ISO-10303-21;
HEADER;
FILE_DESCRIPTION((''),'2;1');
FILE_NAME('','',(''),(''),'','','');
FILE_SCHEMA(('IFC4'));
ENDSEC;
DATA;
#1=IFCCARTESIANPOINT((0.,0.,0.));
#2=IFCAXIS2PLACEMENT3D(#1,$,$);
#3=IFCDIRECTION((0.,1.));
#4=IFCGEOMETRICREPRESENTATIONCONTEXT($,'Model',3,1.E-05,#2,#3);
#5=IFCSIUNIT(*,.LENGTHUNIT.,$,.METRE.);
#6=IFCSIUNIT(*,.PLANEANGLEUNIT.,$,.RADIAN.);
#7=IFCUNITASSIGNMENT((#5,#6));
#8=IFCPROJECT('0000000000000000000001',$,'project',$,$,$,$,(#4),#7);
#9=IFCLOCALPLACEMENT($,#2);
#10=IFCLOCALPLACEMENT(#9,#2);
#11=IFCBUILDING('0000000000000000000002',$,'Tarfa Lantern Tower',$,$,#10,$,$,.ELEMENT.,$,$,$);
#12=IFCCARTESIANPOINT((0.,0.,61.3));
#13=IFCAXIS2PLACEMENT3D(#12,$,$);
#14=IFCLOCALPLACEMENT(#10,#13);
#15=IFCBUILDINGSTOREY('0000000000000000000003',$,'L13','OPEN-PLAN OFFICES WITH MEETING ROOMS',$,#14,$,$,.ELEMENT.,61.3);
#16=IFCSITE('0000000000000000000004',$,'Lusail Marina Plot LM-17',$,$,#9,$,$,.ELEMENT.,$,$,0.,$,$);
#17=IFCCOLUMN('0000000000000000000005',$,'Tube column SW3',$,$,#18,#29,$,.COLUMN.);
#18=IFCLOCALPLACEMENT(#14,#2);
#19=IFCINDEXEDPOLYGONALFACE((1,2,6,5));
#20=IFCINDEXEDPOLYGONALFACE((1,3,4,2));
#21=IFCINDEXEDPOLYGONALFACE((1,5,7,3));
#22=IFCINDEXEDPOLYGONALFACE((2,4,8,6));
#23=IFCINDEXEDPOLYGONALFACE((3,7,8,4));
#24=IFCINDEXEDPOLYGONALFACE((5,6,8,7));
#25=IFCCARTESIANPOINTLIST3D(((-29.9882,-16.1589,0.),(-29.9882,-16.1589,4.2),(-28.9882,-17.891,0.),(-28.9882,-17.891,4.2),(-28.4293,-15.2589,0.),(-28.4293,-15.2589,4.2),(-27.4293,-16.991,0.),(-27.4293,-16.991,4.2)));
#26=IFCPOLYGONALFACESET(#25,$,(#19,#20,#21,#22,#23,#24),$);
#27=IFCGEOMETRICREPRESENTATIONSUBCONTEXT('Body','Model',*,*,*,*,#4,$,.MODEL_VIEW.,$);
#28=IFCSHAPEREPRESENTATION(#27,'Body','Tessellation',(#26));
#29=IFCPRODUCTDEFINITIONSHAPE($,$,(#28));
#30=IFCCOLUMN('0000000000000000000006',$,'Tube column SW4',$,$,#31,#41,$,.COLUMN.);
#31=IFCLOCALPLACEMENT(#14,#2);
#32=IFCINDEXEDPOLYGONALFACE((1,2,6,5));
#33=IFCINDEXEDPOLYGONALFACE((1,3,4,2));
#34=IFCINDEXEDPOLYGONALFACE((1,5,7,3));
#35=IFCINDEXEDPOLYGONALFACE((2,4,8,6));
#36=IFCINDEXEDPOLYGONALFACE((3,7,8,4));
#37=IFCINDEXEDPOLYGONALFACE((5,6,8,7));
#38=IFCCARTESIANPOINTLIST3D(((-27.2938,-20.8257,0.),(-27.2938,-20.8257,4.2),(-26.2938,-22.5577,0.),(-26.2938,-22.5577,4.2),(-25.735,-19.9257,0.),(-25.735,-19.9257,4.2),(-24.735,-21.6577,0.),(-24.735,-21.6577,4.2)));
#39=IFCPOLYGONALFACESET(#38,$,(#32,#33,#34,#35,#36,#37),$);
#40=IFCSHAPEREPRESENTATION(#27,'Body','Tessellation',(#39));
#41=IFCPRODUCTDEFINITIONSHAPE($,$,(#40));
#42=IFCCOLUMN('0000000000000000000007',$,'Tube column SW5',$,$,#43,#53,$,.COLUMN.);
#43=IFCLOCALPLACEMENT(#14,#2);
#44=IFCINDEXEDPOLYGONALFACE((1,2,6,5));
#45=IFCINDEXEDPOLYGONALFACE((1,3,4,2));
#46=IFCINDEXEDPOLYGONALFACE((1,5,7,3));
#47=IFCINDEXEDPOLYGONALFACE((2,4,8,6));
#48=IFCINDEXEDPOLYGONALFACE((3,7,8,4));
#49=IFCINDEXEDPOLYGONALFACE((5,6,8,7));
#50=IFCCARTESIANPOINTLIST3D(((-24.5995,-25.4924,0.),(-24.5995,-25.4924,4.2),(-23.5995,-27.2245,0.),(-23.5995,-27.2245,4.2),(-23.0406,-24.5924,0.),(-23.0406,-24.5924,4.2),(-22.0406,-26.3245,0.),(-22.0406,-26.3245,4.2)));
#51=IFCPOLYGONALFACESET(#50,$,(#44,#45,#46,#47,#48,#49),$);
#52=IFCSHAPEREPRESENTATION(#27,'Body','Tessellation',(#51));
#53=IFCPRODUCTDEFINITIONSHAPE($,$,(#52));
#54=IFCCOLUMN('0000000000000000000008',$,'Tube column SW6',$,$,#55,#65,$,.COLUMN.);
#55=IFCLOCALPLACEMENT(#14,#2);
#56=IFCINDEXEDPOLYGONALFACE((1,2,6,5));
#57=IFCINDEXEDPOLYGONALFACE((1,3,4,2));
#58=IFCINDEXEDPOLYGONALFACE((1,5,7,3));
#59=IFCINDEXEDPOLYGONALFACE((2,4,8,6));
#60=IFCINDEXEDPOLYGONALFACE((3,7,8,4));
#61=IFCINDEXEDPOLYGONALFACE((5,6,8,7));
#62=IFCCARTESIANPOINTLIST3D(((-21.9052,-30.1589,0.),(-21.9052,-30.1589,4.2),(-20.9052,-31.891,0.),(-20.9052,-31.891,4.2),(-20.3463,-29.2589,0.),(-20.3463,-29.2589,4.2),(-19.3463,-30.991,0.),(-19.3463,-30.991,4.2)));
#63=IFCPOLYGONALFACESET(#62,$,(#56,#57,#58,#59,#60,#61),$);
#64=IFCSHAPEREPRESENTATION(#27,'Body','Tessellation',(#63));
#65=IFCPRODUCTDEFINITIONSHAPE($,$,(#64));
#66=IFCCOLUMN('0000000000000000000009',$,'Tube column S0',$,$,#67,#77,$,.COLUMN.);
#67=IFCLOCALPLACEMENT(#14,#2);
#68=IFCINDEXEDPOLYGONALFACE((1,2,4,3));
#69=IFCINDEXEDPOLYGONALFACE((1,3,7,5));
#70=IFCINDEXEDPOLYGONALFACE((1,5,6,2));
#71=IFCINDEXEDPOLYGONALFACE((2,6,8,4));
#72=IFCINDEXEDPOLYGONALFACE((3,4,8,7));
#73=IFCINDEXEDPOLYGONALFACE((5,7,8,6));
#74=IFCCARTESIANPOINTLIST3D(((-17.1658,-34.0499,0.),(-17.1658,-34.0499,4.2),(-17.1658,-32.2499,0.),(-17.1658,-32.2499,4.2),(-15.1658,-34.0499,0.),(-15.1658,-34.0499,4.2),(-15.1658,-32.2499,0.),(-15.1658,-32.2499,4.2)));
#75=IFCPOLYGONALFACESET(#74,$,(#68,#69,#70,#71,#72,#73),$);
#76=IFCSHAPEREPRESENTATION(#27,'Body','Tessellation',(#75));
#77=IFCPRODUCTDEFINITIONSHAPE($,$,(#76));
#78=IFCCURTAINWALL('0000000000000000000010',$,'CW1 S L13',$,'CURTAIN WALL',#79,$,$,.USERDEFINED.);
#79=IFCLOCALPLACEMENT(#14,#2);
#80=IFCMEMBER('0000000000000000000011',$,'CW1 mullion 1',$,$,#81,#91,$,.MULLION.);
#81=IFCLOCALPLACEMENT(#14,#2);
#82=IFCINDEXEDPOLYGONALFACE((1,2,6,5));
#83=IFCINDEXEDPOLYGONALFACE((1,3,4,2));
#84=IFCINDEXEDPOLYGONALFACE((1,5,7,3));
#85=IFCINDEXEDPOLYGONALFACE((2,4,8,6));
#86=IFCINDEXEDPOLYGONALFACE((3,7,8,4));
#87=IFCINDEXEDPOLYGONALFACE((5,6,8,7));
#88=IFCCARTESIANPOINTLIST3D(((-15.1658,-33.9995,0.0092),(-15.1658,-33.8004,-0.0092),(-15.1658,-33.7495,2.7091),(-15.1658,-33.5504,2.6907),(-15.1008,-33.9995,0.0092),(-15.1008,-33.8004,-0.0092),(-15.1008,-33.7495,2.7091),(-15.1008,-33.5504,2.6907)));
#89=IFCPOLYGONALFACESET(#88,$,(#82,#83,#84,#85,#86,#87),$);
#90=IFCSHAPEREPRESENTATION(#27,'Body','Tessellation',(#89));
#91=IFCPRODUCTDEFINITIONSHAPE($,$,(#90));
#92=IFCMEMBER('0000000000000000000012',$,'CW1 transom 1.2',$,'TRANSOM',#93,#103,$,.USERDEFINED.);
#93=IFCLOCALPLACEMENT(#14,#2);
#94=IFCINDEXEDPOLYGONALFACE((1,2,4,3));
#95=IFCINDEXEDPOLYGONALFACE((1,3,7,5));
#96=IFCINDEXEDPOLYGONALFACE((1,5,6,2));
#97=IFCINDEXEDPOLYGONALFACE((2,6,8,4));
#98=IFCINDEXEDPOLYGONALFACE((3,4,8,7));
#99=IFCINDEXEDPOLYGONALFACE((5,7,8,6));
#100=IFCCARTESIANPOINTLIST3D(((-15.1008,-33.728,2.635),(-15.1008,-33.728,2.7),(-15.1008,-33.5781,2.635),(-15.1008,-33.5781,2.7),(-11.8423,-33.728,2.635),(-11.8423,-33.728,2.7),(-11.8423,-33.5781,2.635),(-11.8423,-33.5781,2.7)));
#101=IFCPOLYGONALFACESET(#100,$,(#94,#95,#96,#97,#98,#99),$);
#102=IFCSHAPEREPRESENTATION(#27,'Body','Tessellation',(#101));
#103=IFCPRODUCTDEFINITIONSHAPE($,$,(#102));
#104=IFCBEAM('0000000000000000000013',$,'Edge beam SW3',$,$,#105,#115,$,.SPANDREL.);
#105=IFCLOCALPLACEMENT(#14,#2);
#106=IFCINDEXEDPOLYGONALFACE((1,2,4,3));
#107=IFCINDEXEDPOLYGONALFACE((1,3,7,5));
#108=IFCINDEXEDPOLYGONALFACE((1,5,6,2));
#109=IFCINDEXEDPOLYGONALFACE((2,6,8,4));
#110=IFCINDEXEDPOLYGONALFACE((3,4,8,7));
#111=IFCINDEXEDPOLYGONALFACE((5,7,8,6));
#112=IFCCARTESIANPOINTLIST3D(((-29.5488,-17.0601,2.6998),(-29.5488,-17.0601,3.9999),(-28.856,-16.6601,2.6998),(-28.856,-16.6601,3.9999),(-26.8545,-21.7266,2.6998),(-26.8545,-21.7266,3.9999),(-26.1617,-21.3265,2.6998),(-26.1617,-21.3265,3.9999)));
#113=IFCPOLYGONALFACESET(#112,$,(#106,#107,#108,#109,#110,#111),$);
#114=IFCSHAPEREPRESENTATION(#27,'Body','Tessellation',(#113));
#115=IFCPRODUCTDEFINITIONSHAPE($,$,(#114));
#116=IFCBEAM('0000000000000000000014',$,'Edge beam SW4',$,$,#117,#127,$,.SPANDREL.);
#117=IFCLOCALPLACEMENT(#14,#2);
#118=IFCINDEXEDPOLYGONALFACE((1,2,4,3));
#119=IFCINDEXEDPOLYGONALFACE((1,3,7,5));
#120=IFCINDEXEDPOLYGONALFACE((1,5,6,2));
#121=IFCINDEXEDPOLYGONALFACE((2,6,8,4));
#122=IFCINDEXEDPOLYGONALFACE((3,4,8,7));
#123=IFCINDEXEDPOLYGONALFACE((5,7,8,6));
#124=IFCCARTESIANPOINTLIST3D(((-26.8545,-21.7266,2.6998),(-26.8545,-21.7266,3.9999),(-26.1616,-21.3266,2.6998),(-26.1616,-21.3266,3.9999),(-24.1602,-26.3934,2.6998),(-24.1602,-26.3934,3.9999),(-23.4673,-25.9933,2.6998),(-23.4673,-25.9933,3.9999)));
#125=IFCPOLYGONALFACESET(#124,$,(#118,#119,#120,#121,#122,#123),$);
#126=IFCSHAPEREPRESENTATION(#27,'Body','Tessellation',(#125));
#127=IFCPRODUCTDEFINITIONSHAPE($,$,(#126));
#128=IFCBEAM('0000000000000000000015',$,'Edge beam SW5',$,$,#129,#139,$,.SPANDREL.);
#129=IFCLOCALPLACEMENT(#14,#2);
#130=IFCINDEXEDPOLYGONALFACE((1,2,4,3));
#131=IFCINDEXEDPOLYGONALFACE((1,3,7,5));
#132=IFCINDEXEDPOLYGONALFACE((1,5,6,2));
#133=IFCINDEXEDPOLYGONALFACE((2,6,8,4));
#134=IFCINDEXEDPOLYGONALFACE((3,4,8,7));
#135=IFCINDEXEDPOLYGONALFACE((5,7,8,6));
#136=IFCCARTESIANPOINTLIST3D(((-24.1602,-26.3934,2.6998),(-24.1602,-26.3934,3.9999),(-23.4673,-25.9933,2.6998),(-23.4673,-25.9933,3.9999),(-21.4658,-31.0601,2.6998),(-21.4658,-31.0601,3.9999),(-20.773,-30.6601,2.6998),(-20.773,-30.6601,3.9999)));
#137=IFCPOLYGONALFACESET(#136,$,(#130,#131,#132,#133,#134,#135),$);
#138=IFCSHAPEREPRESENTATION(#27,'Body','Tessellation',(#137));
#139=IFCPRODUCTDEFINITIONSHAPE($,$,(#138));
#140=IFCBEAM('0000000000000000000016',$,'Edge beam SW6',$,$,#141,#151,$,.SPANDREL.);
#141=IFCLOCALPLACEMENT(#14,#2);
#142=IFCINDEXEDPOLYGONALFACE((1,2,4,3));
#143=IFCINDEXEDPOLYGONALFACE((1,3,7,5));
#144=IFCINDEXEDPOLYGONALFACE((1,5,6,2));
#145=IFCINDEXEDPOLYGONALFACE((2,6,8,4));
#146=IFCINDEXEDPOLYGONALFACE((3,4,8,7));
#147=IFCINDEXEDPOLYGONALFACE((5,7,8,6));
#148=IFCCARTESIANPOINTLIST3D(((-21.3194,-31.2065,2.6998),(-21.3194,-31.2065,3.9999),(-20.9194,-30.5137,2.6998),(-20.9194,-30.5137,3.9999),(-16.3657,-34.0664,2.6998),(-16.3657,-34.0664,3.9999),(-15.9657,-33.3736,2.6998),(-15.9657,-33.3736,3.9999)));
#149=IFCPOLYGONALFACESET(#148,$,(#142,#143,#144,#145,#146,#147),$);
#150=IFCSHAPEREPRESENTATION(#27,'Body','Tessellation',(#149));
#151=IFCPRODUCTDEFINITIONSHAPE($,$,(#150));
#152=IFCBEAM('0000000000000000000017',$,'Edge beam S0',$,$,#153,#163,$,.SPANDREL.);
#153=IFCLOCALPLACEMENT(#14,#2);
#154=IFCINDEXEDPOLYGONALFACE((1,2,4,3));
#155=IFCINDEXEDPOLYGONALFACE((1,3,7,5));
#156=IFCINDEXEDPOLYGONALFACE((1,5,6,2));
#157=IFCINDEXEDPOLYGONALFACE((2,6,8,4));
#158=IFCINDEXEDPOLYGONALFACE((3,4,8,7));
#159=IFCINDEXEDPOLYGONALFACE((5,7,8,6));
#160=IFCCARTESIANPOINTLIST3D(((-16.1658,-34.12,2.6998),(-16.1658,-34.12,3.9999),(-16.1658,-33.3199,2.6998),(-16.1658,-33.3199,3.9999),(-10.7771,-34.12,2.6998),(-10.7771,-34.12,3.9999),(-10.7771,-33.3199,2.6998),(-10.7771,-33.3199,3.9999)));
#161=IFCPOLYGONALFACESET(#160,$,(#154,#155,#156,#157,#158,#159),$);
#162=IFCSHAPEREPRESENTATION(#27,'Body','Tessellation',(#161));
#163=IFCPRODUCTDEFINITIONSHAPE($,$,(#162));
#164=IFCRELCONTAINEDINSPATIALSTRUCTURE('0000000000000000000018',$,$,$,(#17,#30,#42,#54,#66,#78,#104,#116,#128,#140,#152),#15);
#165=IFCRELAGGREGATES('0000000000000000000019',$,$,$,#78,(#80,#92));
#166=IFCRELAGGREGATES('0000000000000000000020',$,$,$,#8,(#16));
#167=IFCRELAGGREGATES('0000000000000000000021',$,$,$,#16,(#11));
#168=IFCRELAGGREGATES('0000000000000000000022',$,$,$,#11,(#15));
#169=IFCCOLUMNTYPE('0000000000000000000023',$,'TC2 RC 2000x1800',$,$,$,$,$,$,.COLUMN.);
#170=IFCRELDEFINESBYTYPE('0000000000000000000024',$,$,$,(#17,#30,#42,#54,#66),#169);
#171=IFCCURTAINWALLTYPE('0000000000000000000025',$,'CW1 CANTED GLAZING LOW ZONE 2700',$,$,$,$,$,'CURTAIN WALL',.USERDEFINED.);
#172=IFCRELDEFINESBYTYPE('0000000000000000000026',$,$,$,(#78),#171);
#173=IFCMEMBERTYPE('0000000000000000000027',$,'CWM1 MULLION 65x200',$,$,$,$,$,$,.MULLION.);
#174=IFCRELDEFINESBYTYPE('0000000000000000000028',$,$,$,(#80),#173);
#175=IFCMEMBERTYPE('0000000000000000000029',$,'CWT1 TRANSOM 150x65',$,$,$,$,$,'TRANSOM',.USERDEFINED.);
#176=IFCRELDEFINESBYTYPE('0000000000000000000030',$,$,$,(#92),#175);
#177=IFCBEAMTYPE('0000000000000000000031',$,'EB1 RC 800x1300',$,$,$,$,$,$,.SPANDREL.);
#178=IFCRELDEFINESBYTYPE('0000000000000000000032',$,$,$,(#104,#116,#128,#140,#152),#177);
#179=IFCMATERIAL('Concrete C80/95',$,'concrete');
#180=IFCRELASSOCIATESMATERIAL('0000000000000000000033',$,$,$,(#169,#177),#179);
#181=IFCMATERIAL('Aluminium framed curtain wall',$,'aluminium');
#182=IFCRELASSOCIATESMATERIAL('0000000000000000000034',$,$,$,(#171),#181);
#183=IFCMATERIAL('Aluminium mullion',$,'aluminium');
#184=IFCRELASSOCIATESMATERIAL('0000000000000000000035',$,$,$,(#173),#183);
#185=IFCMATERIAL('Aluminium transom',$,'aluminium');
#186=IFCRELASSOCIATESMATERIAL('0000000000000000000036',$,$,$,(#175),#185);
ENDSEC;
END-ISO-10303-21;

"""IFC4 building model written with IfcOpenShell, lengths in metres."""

from ifc_helpers import new_model, si_unit, direction, frame, origin, origin_2d, place, context, subcontext, project, spatial, rectangle, extrude, material, material_profile, profile_set, type_object, element, aggregate, save


model = new_model("IFC4")

# Units and contexts
model_context = context("Model", 3, precision=1e-05, world=origin(), true_north=direction((0.0, 1.0)))
body_context = subcontext(model_context, "Body", "Model", "MODEL_VIEW")
ifc_project = project(units=[si_unit("LENGTHUNIT", "METRE"), si_unit("PLANEANGLEUNIT", "RADIAN")], contexts=[model_context])

# Site, building, storey
site_placement = place(None, origin())
site = spatial("IfcSite", under=ifc_project, at=site_placement, Name="Lusail Marina Plot LM-17", CompositionType="ELEMENT", RefElevation=0.0)
building_placement = place(site_placement, origin())
building = spatial("IfcBuilding", under=site, at=building_placement, Name="Tarfa Lantern Tower", CompositionType="ELEMENT")
storey_placement = place(building_placement, frame((0.0, 0.0, 61.3)))
storey = spatial("IfcBuildingStorey", under=building, at=storey_placement, Name="L13", Description="OPEN-PLAN OFFICES WITH MEETING ROOMS", CompositionType="ELEMENT", Elevation=61.3)

# Columns
ifc_material_1 = material(Name="Concrete C80/95", Category="concrete")
ifc_material_profile_1 = material_profile(ifc_material_1, rectangle(XDim=2.0, YDim=1.8, at=origin_2d()), Name="RC 2000x1800")
ifc_profile_set_1 = profile_set([ifc_material_profile_1], Name="Concrete C80/95")
column_type = type_object("IfcColumnType", Name="TC2 RC 2000x1800", PredefinedType="COLUMN", material=ifc_profile_set_1)
for number, where, z_axis, x_axis, name in (
    (1, (-28.7087, -16.575, 0.0), (0.0, 0.0, 1.0), (0.5, -0.866025, 0.0), "Tube column SW3"),
    (2, (-26.0144, -21.2417, 0.0), (0.0, 0.0, 1.0), (0.5, -0.866025, 0.0), "Tube column SW4"),
    (3, (-23.3201, -25.9084, 0.0), (0.0, 0.0, 1.0), (0.5, -0.866025, 0.0), "Tube column SW5"),
    (4, (-20.6257, -30.575, 0.0), (0.0, 0.0, 1.0), (0.5, -0.866025, 0.0), "Tube column SW6"),
    (5, (-16.1658, -33.1499, 0.0), (0.0, 0.0, 1.0), (1.0, 0.0, 0.0), "Tube column S0"),
):
    element("IfcColumn", number, at=place(storey_placement, frame(where, z_axis=z_axis, x_axis=x_axis)), inside=storey, type_object=column_type, Name=name, PredefinedType="COLUMN", context=body_context, shape_type="SweptSolid", body=[
        extrude(rectangle(XDim=2.0, YDim=1.8, at=origin_2d()), origin(), (0.0, 0.0, 1.0), 4.2),
    ])

# Curtain wall, members
ifc_material_2 = material(Name="Aluminium framed curtain wall", Category="aluminium")
curtain_wall_type = type_object("IfcCurtainWallType", Name="CW1 CANTED GLAZING LOW ZONE 2700", ElementType="CURTAIN WALL", PredefinedType="USERDEFINED", material=ifc_material_2)
curtain_wall_placement = place(storey_placement, origin())
curtain_wall = element("IfcCurtainWall", 6, at=curtain_wall_placement, inside=storey, type_object=curtain_wall_type, Name="CW1 S L13", ObjectType="CURTAIN WALL", PredefinedType="USERDEFINED")
ifc_material_3 = material(Name="Aluminium mullion", Category="aluminium")
ifc_material_profile_2 = material_profile(ifc_material_3, rectangle(XDim=0.0649, YDim=0.2, at=origin_2d()), Name="AL MULLION 65x200")
ifc_profile_set_2 = profile_set([ifc_material_profile_2], Name="Aluminium mullion")
member_type_1 = type_object("IfcMemberType", Name="CWM1 MULLION 65x200", PredefinedType="MULLION", material=ifc_profile_set_2)
member_1_placement = place(storey_placement, frame((-15.1333, -33.8999, 0.0), z_axis=(0.0, 0.0922, 0.995741), x_axis=(-1.0, 0.0, 0.0)))
member_1 = element("IfcMember", 7, at=member_1_placement, type_object=member_type_1, Name="CW1 mullion 1", PredefinedType="MULLION", context=body_context, shape_type="SweptSolid", body=[
    extrude(rectangle(XDim=0.0649, YDim=0.2, at=origin_2d()), origin(), (0.0, 0.0, 1.0), 2.7114),
])
ifc_material_4 = material(Name="Aluminium transom", Category="aluminium")
ifc_material_profile_3 = material_profile(ifc_material_4, rectangle(XDim=0.1499, YDim=0.0649, at=origin_2d()), Name="AL TRANSOM 150x65")
ifc_profile_set_3 = profile_set([ifc_material_profile_3], Name="Aluminium transom")
member_type_2 = type_object("IfcMemberType", Name="CWT1 TRANSOM 150x65", ElementType="TRANSOM", PredefinedType="USERDEFINED", material=ifc_profile_set_3)
member_2_placement = place(storey_placement, frame((-15.1008, -33.6531, 2.6675), z_axis=(1.0, 0.0, 0.0), x_axis=(0.0, 1.0, 0.0)))
member_2 = element("IfcMember", 8, at=member_2_placement, type_object=member_type_2, Name="CW1 transom 1.2", ObjectType="TRANSOM", PredefinedType="USERDEFINED", context=body_context, shape_type="SweptSolid", body=[
    extrude(rectangle(XDim=0.1499, YDim=0.0649, at=origin_2d()), origin(), (0.0, 0.0, 1.0), 3.2585),
])

# Beams
ifc_material_profile_4 = material_profile(ifc_material_1, rectangle(XDim=0.8, YDim=1.3, at=origin_2d()), Name="RC 800x1300")
ifc_profile_set_4 = profile_set([ifc_material_profile_4], Name="Concrete C80/95")
beam_type_1 = type_object("IfcBeamType", Name="EB1 RC 800x1300", PredefinedType="SPANDREL", material=ifc_profile_set_4)
beam_1_placement = place(storey_placement, frame((-29.2024, -16.8601, 3.3499), z_axis=(0.500018, -0.866015, 0.0), x_axis=(0.866015, 0.500018, 0.0)))
element("IfcBeam", 9, at=beam_1_placement, inside=storey, type_object=beam_type_1, Name="Edge beam SW3", PredefinedType="SPANDREL", context=body_context, shape_type="SweptSolid", body=[
    extrude(rectangle(XDim=0.8, YDim=1.3, at=origin_2d()), origin(), (0.0, 0.0, 1.0), 5.3884),
])
for number, where, z_axis, x_axis, name in (
    (10, (-26.5081, -21.5266, 3.3499), (0.499998, -0.866026, 0.0), (0.866026, 0.499998, 0.0), "Edge beam SW4"),
    (11, (-23.8137, -26.1934, 3.3499), (0.499998, -0.866026, 0.0), (0.866026, 0.499998, 0.0), "Edge beam SW5"),
):
    element("IfcBeam", number, at=place(storey_placement, frame(where, z_axis=z_axis, x_axis=x_axis)), inside=storey, type_object=beam_type_1, Name=name, PredefinedType="SPANDREL", context=body_context, shape_type="SweptSolid", body=[
        extrude(rectangle(XDim=0.8, YDim=1.3, at=origin_2d()), origin(), (0.0, 0.0, 1.0), 5.3887),
    ])
beam_2_placement = place(storey_placement, frame((-21.1194, -30.8601, 3.3499), z_axis=(0.866033, -0.499986, 0.0), x_axis=(0.499986, 0.866033, 0.0)))
element("IfcBeam", 12, at=beam_2_placement, inside=storey, type_object=beam_type_1, Name="Edge beam SW6", PredefinedType="SPANDREL", context=body_context, shape_type="SweptSolid", body=[
    extrude(rectangle(XDim=0.8, YDim=1.3, at=origin_2d()), origin(), (0.0, 0.0, 1.0), 5.72),
])
beam_3_placement = place(storey_placement, frame((-16.1658, -33.72, 3.3499), z_axis=(1.0, 0.0, 0.0), x_axis=(0.0, 1.0, 0.0)))
element("IfcBeam", 13, at=beam_3_placement, inside=storey, type_object=beam_type_1, Name="Edge beam S0", PredefinedType="SPANDREL", context=body_context, shape_type="SweptSolid", body=[
    extrude(rectangle(XDim=0.8, YDim=1.3, at=origin_2d()), origin(), (0.0, 0.0, 1.0), 5.3887),
])

aggregate(curtain_wall, [member_1, member_2])

save(model, "model.ifc")
